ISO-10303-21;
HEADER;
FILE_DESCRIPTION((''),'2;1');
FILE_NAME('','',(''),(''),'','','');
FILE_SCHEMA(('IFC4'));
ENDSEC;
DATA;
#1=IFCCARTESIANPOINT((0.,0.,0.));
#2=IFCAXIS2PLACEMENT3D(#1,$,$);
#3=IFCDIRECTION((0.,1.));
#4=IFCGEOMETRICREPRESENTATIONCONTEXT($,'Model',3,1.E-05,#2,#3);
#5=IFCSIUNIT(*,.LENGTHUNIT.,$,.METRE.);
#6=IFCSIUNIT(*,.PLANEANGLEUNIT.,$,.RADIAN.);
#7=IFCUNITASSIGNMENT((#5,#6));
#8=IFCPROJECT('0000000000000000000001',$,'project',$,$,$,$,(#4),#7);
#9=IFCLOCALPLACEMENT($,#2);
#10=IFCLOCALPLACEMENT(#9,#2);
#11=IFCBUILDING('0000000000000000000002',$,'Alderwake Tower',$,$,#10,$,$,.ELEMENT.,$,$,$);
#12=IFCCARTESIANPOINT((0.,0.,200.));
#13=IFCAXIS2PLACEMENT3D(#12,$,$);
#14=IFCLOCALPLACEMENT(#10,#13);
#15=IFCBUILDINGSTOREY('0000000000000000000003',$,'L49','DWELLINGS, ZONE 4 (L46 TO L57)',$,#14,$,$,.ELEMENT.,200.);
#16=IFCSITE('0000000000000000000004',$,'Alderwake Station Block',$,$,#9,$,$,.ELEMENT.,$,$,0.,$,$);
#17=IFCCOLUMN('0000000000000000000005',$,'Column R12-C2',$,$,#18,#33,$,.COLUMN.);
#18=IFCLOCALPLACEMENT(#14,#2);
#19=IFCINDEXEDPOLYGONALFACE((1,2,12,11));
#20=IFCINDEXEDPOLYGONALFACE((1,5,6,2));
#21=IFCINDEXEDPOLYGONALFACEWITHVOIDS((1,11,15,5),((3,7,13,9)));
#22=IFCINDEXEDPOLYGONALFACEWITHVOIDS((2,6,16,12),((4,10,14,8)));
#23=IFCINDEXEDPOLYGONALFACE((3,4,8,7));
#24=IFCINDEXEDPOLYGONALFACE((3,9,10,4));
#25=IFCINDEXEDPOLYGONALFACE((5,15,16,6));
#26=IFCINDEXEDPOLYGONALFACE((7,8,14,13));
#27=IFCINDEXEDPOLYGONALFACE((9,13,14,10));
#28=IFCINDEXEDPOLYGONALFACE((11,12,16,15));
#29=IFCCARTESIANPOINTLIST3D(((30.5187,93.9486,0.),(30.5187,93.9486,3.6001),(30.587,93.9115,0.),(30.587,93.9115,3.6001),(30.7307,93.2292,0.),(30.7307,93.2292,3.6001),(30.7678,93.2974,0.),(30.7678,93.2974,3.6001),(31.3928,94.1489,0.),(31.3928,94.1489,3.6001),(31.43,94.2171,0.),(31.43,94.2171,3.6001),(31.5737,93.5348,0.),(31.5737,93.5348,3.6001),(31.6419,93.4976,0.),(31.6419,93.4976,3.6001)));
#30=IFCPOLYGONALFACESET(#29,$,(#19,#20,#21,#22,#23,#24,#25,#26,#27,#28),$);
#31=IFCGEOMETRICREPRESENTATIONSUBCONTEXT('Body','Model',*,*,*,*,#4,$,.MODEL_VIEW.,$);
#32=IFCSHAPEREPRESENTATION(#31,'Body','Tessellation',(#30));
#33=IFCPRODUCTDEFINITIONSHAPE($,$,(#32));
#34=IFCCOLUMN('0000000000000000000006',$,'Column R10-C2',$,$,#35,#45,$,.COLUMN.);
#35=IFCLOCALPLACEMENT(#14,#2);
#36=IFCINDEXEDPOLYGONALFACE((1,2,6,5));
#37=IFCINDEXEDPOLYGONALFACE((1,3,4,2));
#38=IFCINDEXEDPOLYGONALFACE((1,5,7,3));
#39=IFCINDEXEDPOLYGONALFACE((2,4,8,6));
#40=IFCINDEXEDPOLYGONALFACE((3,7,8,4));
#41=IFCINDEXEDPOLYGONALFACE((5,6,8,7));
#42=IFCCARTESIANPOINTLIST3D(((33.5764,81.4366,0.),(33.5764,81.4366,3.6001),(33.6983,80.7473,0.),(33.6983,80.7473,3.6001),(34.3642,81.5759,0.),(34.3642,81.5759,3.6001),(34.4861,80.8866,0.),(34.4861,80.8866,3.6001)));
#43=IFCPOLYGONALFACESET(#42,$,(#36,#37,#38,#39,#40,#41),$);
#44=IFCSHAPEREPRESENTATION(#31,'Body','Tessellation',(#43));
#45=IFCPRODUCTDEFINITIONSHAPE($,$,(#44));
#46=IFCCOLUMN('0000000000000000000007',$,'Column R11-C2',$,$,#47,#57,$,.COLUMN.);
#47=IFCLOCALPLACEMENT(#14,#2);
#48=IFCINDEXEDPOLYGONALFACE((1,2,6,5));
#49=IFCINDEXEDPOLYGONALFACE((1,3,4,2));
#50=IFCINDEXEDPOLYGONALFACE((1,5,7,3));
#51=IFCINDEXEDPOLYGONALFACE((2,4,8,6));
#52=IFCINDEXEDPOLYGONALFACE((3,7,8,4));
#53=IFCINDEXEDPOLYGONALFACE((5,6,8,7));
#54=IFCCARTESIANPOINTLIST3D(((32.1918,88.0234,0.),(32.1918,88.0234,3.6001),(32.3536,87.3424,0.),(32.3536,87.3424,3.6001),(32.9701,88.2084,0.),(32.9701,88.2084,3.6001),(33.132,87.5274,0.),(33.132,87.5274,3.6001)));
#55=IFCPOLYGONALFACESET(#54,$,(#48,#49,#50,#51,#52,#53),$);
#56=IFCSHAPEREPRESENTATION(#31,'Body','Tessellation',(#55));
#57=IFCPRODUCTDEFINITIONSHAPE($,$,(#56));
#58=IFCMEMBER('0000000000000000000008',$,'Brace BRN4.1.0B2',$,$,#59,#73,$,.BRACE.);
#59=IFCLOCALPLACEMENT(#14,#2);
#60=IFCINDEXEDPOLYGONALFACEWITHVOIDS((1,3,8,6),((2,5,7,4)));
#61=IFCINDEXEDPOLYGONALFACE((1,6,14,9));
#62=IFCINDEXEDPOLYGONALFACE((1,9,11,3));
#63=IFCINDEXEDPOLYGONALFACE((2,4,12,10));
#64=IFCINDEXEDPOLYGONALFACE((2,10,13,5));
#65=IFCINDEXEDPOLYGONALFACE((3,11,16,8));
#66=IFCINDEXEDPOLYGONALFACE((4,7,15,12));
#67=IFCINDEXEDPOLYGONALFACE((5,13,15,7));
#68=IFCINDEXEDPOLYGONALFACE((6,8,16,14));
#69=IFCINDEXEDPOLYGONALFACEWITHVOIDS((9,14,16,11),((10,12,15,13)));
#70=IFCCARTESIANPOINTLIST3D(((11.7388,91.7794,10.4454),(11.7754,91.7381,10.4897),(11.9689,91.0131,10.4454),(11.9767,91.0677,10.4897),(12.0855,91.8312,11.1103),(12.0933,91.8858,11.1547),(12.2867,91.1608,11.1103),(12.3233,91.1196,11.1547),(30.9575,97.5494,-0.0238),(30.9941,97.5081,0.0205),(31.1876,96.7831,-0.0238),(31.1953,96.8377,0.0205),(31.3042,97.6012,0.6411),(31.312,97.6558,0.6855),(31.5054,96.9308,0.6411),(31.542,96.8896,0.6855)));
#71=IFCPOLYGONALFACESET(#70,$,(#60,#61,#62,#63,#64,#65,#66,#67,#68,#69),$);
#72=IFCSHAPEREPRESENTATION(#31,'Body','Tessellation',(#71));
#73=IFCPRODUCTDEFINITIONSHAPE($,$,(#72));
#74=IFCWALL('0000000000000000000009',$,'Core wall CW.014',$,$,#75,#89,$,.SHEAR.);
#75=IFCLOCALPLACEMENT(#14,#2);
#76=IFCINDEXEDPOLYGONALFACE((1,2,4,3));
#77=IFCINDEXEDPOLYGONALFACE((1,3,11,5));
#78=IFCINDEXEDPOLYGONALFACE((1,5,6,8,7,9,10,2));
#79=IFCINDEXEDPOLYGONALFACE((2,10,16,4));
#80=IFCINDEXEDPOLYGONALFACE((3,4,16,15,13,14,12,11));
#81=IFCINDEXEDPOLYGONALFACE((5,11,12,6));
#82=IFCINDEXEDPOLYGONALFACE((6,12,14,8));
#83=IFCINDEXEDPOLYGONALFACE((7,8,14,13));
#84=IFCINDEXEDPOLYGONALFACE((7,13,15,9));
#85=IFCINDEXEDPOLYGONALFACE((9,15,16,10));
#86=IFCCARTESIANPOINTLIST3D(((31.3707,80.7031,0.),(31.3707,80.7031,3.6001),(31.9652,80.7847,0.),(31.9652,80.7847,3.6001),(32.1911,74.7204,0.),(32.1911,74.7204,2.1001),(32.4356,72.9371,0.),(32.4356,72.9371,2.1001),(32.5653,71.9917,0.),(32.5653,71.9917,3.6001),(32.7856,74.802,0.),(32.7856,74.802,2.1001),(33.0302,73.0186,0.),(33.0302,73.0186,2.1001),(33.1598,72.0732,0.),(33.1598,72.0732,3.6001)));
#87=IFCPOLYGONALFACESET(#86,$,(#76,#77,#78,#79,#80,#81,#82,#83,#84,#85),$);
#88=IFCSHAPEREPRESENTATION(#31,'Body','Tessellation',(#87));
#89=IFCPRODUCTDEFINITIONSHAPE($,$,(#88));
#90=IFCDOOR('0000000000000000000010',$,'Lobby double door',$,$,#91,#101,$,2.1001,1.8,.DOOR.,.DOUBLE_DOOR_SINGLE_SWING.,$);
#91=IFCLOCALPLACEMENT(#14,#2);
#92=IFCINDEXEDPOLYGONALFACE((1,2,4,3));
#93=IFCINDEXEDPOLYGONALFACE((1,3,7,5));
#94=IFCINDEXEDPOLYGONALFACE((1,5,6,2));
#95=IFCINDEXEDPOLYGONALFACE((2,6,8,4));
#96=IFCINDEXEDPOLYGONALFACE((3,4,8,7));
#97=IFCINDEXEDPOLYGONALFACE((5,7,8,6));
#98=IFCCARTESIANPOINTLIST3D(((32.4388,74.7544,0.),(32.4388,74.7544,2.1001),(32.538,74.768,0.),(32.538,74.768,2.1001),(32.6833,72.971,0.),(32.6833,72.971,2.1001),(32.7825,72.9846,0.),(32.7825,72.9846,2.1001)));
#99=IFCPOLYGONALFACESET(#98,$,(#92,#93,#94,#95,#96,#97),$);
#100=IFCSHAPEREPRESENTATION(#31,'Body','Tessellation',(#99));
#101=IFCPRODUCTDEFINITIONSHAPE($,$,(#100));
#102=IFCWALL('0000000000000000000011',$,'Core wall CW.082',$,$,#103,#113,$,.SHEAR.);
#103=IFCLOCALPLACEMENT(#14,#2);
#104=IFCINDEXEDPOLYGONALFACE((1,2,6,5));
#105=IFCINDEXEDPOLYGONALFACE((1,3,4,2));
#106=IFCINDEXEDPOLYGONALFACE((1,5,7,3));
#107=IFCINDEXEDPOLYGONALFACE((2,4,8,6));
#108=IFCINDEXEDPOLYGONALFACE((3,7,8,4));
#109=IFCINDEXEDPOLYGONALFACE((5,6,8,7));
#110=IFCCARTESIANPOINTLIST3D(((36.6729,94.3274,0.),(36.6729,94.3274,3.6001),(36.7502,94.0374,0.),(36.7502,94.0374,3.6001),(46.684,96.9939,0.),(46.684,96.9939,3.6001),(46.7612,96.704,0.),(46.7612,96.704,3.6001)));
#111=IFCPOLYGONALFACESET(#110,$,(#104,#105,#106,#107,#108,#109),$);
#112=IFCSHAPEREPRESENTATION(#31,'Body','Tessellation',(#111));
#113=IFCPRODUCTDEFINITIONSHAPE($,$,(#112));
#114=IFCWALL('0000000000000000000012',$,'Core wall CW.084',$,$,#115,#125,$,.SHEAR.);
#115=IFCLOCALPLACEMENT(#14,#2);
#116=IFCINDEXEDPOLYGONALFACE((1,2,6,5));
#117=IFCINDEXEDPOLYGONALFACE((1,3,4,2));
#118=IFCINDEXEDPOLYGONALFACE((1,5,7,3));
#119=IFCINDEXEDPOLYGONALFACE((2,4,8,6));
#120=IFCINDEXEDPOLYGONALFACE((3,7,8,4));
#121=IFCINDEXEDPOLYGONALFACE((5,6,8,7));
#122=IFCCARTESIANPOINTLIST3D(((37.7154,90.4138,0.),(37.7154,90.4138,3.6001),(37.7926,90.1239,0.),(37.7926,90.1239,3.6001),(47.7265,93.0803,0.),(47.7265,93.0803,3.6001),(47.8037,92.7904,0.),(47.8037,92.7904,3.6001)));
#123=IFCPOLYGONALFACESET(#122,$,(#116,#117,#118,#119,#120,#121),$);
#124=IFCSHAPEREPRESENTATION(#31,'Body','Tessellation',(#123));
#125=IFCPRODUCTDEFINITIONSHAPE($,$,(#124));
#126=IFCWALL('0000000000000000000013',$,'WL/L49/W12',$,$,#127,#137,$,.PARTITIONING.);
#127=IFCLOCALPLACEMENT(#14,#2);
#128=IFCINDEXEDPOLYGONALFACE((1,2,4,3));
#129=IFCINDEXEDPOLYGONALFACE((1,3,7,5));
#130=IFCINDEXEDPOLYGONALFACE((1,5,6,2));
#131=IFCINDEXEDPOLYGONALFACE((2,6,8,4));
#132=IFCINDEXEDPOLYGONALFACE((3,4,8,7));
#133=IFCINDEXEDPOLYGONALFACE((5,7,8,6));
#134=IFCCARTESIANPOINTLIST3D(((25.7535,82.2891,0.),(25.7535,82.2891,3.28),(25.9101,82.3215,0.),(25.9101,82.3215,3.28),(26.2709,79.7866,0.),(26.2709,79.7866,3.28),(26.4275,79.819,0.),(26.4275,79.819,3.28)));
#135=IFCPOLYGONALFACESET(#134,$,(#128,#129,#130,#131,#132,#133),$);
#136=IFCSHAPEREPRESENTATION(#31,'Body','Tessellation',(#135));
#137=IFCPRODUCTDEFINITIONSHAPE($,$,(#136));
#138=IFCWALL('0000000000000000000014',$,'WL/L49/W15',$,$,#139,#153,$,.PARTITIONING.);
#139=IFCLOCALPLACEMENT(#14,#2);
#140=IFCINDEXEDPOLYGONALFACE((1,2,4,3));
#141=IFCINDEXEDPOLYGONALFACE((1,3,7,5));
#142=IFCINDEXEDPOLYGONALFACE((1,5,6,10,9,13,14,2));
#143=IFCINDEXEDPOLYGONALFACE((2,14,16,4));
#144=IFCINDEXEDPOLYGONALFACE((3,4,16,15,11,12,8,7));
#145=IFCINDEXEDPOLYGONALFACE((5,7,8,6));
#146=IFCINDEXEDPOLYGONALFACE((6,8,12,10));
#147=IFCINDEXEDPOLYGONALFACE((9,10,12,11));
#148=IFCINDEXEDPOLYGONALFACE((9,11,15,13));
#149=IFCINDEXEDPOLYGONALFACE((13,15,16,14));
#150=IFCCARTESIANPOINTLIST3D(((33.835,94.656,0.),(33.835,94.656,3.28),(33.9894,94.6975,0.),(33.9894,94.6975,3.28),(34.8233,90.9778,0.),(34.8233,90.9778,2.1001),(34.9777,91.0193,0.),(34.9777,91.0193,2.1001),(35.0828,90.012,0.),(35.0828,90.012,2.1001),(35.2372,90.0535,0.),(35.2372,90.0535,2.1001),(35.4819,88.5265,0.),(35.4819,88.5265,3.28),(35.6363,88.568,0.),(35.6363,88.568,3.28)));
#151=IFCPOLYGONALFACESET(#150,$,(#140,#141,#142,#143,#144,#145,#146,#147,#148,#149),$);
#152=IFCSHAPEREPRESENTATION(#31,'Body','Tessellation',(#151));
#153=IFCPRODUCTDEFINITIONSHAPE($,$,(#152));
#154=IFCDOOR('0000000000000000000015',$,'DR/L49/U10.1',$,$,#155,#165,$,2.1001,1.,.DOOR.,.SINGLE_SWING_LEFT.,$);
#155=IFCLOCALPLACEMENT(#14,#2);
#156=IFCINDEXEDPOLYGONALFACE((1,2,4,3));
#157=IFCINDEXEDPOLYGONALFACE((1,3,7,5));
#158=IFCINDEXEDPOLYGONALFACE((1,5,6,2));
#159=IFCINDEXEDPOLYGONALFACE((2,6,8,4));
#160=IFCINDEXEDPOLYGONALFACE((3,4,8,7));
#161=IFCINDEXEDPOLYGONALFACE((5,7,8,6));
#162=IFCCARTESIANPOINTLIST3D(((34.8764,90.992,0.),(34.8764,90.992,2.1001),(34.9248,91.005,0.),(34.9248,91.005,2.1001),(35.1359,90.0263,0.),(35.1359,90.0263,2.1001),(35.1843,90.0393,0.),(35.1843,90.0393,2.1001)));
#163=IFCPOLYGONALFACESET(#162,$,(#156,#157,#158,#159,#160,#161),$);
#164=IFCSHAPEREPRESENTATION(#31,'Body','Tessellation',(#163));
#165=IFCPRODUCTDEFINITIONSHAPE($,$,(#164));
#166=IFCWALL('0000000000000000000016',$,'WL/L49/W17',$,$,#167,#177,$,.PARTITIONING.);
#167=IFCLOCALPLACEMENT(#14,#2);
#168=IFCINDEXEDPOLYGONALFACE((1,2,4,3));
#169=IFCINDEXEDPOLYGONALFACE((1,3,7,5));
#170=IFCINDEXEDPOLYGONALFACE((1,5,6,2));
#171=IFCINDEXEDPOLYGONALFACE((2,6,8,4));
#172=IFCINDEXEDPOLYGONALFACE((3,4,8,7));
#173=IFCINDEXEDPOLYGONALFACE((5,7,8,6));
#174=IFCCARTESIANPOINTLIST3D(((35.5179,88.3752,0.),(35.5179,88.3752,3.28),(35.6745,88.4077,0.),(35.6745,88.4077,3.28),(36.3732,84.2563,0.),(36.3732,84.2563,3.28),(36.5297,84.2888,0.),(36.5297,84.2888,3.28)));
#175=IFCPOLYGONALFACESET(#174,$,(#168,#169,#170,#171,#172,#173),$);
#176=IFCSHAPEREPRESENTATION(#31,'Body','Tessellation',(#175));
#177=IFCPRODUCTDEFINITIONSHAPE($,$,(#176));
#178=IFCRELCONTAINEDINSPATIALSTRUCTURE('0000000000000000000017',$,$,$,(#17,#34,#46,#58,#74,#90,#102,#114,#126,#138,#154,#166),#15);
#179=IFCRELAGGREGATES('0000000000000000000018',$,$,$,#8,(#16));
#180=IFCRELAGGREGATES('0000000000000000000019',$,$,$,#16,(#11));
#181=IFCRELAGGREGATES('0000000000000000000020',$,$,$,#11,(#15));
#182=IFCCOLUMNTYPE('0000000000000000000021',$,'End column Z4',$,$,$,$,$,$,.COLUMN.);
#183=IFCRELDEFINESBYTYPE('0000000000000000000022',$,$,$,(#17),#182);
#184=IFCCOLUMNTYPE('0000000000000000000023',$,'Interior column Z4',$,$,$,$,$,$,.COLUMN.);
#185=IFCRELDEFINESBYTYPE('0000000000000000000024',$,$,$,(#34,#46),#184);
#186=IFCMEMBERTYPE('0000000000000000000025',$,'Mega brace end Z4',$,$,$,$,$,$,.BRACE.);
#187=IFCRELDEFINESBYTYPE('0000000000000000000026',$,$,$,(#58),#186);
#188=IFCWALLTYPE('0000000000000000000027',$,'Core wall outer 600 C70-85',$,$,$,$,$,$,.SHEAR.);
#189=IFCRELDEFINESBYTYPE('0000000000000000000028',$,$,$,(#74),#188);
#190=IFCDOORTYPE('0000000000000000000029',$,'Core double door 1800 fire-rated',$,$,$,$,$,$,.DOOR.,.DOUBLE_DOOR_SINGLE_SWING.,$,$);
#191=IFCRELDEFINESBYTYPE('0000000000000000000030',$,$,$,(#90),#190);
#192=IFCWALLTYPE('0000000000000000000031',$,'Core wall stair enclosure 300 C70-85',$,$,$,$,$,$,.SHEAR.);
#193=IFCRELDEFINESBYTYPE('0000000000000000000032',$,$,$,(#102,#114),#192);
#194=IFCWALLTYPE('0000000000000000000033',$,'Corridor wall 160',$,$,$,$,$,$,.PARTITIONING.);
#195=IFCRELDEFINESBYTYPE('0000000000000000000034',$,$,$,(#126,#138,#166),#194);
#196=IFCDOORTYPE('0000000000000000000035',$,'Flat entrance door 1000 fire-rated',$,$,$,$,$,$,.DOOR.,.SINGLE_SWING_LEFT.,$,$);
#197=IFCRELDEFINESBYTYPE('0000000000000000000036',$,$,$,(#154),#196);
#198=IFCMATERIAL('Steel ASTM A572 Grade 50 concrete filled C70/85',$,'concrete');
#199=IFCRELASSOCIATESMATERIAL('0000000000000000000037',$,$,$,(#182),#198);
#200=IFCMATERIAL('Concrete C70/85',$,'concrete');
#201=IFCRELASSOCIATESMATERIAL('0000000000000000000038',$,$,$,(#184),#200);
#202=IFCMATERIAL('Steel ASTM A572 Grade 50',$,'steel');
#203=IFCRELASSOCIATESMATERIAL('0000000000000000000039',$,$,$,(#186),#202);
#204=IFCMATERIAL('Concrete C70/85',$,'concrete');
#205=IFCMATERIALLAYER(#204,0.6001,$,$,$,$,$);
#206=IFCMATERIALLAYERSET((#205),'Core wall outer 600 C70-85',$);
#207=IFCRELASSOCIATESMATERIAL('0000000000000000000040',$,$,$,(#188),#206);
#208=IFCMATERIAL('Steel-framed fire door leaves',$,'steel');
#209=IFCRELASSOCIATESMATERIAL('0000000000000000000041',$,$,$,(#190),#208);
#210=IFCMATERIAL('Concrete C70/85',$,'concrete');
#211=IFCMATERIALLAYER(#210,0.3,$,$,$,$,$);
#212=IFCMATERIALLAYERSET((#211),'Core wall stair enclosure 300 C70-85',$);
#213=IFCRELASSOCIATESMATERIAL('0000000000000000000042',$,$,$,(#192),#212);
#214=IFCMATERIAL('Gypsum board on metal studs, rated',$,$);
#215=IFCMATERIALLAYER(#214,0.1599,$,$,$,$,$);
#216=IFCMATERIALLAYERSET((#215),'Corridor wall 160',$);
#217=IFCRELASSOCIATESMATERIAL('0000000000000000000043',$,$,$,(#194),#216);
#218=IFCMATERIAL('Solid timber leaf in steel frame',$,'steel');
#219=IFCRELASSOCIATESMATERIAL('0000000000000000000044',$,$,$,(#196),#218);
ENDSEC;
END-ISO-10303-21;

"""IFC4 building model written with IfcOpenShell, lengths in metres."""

from ifc_helpers import new_model, si_unit, direction, frame, frame_2d, origin, origin_2d, place, context, subcontext, project, spatial, rectangle, hollow_rectangle, extrude, material, layer, layer_set, material_profile, profile_set, type_object, element, fill, save


model = new_model("IFC4")

# Units and contexts
model_context = context("Model", 3, precision=1e-05, world=origin(), true_north=direction((0.0, 1.0)))
body_context = subcontext(model_context, "Body", "Model", "MODEL_VIEW")
ifc_project = project(units=[si_unit("LENGTHUNIT", "METRE"), si_unit("PLANEANGLEUNIT", "RADIAN")], contexts=[model_context])

# Site, building, storey
site_placement = place(None, origin())
site = spatial("IfcSite", under=ifc_project, at=site_placement, Name="Alderwake Station Block", CompositionType="ELEMENT", RefElevation=0.0)
building_placement = place(site_placement, origin())
building = spatial("IfcBuilding", under=site, at=building_placement, Name="Alderwake Tower", CompositionType="ELEMENT")
storey_placement = place(building_placement, frame((0.0, 0.0, 200.0)))
storey = spatial("IfcBuildingStorey", under=building, at=storey_placement, Name="L49", Description="DWELLINGS, ZONE 4 (L46 TO L57)", CompositionType="ELEMENT", Elevation=200.0)

# Columns
ifc_material_1 = material(Name="Steel ASTM A572 Grade 50 concrete filled C70/85", Category="concrete")
ifc_material_profile_1 = material_profile(ifc_material_1, hollow_rectangle(XDim=0.75, YDim=0.95, WallThickness=0.0549, at=origin_2d()), Name="BOX 950X750X55")
ifc_profile_set_1 = profile_set([ifc_material_profile_1], Name="Steel ASTM A572 Grade 50 concrete filled C70/85")
column_type_1 = type_object("IfcColumnType", Name="End column Z4", PredefinedType="COLUMN", material=ifc_profile_set_1)
column_placement = place(storey_placement, frame((31.0803, 93.7231, 0.0), z_axis=(0.0, 0.0, 1.0), x_axis=(-0.282583, 0.959243, 0.0)))
element("IfcColumn", 1, at=column_placement, inside=storey, type_object=column_type_1, Name="Column R12-C2", PredefinedType="COLUMN", context=body_context, shape_type="SweptSolid", body=[
    extrude(hollow_rectangle(XDim=0.75, YDim=0.95, WallThickness=0.0549, at=origin_2d()), origin(), (0.0, 0.0, 1.0), 3.6001),
])
ifc_material_2 = material(Name="Concrete C70/85", Category="concrete")
ifc_material_profile_2 = material_profile(ifc_material_2, rectangle(XDim=0.7, YDim=0.8, at=origin_2d()), Name="RC 800X700")
ifc_profile_set_2 = profile_set([ifc_material_profile_2], Name="Concrete C70/85")
column_type_2 = type_object("IfcColumnType", Name="Interior column Z4", PredefinedType="COLUMN", material=ifc_profile_set_2)
for number, where, z_axis, x_axis, name in (
    (2, (34.0312, 81.1616, 0.0), (0.0, 0.0, 1.0), (-0.174109, 0.984726, 0.0), "Column R10-C2"),
    (3, (32.6619, 87.7754, 0.0), (0.0, 0.0, 1.0), (-0.231222, 0.972901, 0.0), "Column R11-C2"),
):
    element("IfcColumn", number, at=place(storey_placement, frame(where, z_axis=z_axis, x_axis=x_axis)), inside=storey, type_object=column_type_2, Name=name, PredefinedType="COLUMN", context=body_context, shape_type="SweptSolid", body=[
        extrude(rectangle(XDim=0.7, YDim=0.8, at=origin_2d()), origin(), (0.0, 0.0, 1.0), 3.6001),
    ])

# Member
ifc_material_3 = material(Name="Steel ASTM A572 Grade 50", Category="steel")
ifc_material_profile_3 = material_profile(ifc_material_3, hollow_rectangle(XDim=0.8, YDim=0.8, WallThickness=0.05, at=origin_2d()), Name="BOX 800X800X50")
ifc_profile_set_3 = profile_set([ifc_material_profile_3], Name="Steel ASTM A572 Grade 50")
member_type = type_object("IfcMemberType", Name="Mega brace end Z4", PredefinedType="BRACE", material=ifc_profile_set_3)
member_placement = place(storey_placement, frame((31.2498, 97.2195, 0.3308), z_axis=(-0.849143, -0.254937, 0.462563), x_axis=(0.287549, -0.957766, 0.0)))
element("IfcMember", 4, at=member_placement, inside=storey, type_object=member_type, Name="Brace BRN4.1.0B2", PredefinedType="BRACE", context=body_context, shape_type="SweptSolid", body=[
    extrude(hollow_rectangle(XDim=0.8, YDim=0.8, WallThickness=0.05, at=origin_2d()), origin(), (0.0, 0.0, 1.0), 22.6331),
])

# Wall, opening, door
ifc_material_4 = material(Name="Concrete C70/85", Category="concrete")
ifc_layer_1 = layer(ifc_material_4, 0.6001)
ifc_layer_set_1 = layer_set([ifc_layer_1], Name="Core wall outer 600 C70-85")
wall_type_1 = type_object("IfcWallType", Name="Core wall outer 600 C70-85", PredefinedType="SHEAR", material=ifc_layer_set_1)
wall_1_placement = place(storey_placement, frame((31.668, 80.7439, 0.0), z_axis=(0.0, 0.0, 1.0), x_axis=(0.135857, -0.990729, 0.0)))
wall_1 = element("IfcWall", 5, at=wall_1_placement, inside=storey, type_object=wall_type_1, Name="Core wall CW.014", PredefinedType="SHEAR", context=body_context, shape_type="SweptSolid", body=[
    extrude(rectangle(XDim=8.793, YDim=0.6001, at=frame_2d((4.3965, 0.0))), origin(), (0.0, 0.0, 1.0), 3.6001),
])
opening_1_placement = place(wall_1_placement, frame((6.0388, 0.0, 0.0)))
opening_1 = element("IfcOpeningElement", 6, at=opening_1_placement, cuts=wall_1, PredefinedType="OPENING", context=body_context, shape_type="SweptSolid", body=[
    extrude(rectangle(XDim=1.8, YDim=2.1001, at=frame_2d((0.8999, 1.05))), frame((0.0, 0.3101, 0.0), z_axis=(0.0, -1.0, 0.0), x_axis=(1.0, 0.0, 0.0)), (0.0, 0.0, 1.0), 0.6201),
])
ifc_material_5 = material(Name="Steel-framed fire door leaves", Category="steel")
door_type_1 = type_object("IfcDoorType", Name="Core double door 1800 fire-rated", OperationType="DOUBLE_DOOR_SINGLE_SWING", PredefinedType="DOOR", material=ifc_material_5)
door_1_placement = place(opening_1_placement, origin())
door_1 = element("IfcDoor", 7, at=door_1_placement, inside=storey, type_object=door_type_1, Name="Lobby double door", OperationType="DOUBLE_DOOR_SINGLE_SWING", OverallHeight=2.1001, OverallWidth=1.8, PredefinedType="DOOR", context=body_context, shape_type="SweptSolid", body=[
    extrude(rectangle(XDim=1.8, YDim=2.1001, at=frame_2d((0.8999, 1.05))), frame((0.0, 0.05, 0.0), z_axis=(0.0, -1.0, 0.0), x_axis=(1.0, 0.0, 0.0)), (0.0, 0.0, 1.0), 0.1001),
])
fill(opening_1, door_1)

# Walls
ifc_material_6 = material(Name="Concrete C70/85", Category="concrete")
ifc_layer_2 = layer(ifc_material_6, 0.3)
ifc_layer_set_2 = layer_set([ifc_layer_2], Name="Core wall stair enclosure 300 C70-85")
wall_type_2 = type_object("IfcWallType", Name="Core wall stair enclosure 300 C70-85", PredefinedType="SHEAR", material=ifc_layer_set_2)
for number, where, z_axis, x_axis, name in (
    (8, (36.7114, 94.1824, 0.0), (0.0, 0.0, 1.0), (0.966309, 0.257384, 0.0), "Core wall CW.082"),
    (9, (37.7539, 90.2688, 0.0), (0.0, 0.0, 1.0), (0.966309, 0.257384, 0.0), "Core wall CW.084"),
):
    element("IfcWall", number, at=place(storey_placement, frame(where, z_axis=z_axis, x_axis=x_axis)), inside=storey, type_object=wall_type_2, Name=name, PredefinedType="SHEAR", context=body_context, shape_type="SweptSolid", body=[
        extrude(rectangle(XDim=10.3601, YDim=0.3, at=frame_2d((5.1802, 0.0))), origin(), (0.0, 0.0, 1.0), 3.6001),
    ])
ifc_material_7 = material(Name="Gypsum board on metal studs, rated")
ifc_layer_3 = layer(ifc_material_7, 0.1599)
ifc_layer_set_3 = layer_set([ifc_layer_3], Name="Corridor wall 160")
wall_type_3 = type_object("IfcWallType", Name="Corridor wall 160", PredefinedType="PARTITIONING", material=ifc_layer_set_3)
wall_2_placement = place(storey_placement, frame((25.8318, 82.3054, 0.0), z_axis=(0.0, 0.0, 1.0), x_axis=(0.202451, -0.979292, 0.0)))
element("IfcWall", 10, at=wall_2_placement, inside=storey, type_object=wall_type_3, Name="WL/L49/W12", PredefinedType="PARTITIONING", context=body_context, shape_type="SweptSolid", body=[
    extrude(rectangle(XDim=2.5554, YDim=0.1599, at=frame_2d((1.2778, 0.0))), origin(), (0.0, 0.0, 1.0), 3.28),
])

# Wall, opening, door
wall_3_placement = place(storey_placement, frame((35.5591, 88.5474, 0.0), z_axis=(0.0, 0.0, 1.0), x_axis=(-0.259486, 0.965747, 0.0)))
wall_3 = element("IfcWall", 11, at=wall_3_placement, inside=storey, type_object=wall_type_3, Name="WL/L49/W15", PredefinedType="PARTITIONING", context=body_context, shape_type="SweptSolid", body=[
    extrude(rectangle(XDim=6.3469, YDim=0.1599, at=frame_2d((3.1733, 0.0))), origin(), (0.0, 0.0, 1.0), 3.28),
])
opening_2_placement = place(wall_3_placement, frame((1.5381, 0.0, 0.0)))
opening_2 = element("IfcOpeningElement", 12, at=opening_2_placement, cuts=wall_3, PredefinedType="OPENING", context=body_context, shape_type="SweptSolid", body=[
    extrude(rectangle(XDim=1.0, YDim=2.1001, at=frame_2d((0.5, 1.05))), frame((0.0, 0.0898, 0.0), z_axis=(0.0, -1.0, 0.0), x_axis=(1.0, 0.0, 0.0)), (0.0, 0.0, 1.0), 0.1799),
])
ifc_material_8 = material(Name="Solid timber leaf in steel frame", Category="steel")
door_type_2 = type_object("IfcDoorType", Name="Flat entrance door 1000 fire-rated", OperationType="SINGLE_SWING_LEFT", PredefinedType="DOOR", material=ifc_material_8)
door_2_placement = place(opening_2_placement, origin())
door_2 = element("IfcDoor", 13, at=door_2_placement, inside=storey, type_object=door_type_2, Name="DR/L49/U10.1", OperationType="SINGLE_SWING_LEFT", OverallHeight=2.1001, OverallWidth=1.0, PredefinedType="DOOR", context=body_context, shape_type="SweptSolid", body=[
    extrude(rectangle(XDim=1.0, YDim=2.1001, at=frame_2d((0.5, 1.05))), frame((0.0, 0.0249, 0.0), z_axis=(0.0, -1.0, 0.0), x_axis=(1.0, 0.0, 0.0)), (0.0, 0.0, 1.0), 0.05),
])
fill(opening_2, door_2)

# Wall
wall_4_placement = place(storey_placement, frame((35.5962, 88.3916, 0.0), z_axis=(0.0, 0.0, 1.0), x_axis=(0.203298, -0.979117, 0.0)))
element("IfcWall", 14, at=wall_4_placement, inside=storey, type_object=wall_type_3, Name="WL/L49/W17", PredefinedType="PARTITIONING", context=body_context, shape_type="SweptSolid", body=[
    extrude(rectangle(XDim=4.2068, YDim=0.1599, at=frame_2d((2.1035, 0.0))), origin(), (0.0, 0.0, 1.0), 3.28),
])

save(model, "model.ifc")
